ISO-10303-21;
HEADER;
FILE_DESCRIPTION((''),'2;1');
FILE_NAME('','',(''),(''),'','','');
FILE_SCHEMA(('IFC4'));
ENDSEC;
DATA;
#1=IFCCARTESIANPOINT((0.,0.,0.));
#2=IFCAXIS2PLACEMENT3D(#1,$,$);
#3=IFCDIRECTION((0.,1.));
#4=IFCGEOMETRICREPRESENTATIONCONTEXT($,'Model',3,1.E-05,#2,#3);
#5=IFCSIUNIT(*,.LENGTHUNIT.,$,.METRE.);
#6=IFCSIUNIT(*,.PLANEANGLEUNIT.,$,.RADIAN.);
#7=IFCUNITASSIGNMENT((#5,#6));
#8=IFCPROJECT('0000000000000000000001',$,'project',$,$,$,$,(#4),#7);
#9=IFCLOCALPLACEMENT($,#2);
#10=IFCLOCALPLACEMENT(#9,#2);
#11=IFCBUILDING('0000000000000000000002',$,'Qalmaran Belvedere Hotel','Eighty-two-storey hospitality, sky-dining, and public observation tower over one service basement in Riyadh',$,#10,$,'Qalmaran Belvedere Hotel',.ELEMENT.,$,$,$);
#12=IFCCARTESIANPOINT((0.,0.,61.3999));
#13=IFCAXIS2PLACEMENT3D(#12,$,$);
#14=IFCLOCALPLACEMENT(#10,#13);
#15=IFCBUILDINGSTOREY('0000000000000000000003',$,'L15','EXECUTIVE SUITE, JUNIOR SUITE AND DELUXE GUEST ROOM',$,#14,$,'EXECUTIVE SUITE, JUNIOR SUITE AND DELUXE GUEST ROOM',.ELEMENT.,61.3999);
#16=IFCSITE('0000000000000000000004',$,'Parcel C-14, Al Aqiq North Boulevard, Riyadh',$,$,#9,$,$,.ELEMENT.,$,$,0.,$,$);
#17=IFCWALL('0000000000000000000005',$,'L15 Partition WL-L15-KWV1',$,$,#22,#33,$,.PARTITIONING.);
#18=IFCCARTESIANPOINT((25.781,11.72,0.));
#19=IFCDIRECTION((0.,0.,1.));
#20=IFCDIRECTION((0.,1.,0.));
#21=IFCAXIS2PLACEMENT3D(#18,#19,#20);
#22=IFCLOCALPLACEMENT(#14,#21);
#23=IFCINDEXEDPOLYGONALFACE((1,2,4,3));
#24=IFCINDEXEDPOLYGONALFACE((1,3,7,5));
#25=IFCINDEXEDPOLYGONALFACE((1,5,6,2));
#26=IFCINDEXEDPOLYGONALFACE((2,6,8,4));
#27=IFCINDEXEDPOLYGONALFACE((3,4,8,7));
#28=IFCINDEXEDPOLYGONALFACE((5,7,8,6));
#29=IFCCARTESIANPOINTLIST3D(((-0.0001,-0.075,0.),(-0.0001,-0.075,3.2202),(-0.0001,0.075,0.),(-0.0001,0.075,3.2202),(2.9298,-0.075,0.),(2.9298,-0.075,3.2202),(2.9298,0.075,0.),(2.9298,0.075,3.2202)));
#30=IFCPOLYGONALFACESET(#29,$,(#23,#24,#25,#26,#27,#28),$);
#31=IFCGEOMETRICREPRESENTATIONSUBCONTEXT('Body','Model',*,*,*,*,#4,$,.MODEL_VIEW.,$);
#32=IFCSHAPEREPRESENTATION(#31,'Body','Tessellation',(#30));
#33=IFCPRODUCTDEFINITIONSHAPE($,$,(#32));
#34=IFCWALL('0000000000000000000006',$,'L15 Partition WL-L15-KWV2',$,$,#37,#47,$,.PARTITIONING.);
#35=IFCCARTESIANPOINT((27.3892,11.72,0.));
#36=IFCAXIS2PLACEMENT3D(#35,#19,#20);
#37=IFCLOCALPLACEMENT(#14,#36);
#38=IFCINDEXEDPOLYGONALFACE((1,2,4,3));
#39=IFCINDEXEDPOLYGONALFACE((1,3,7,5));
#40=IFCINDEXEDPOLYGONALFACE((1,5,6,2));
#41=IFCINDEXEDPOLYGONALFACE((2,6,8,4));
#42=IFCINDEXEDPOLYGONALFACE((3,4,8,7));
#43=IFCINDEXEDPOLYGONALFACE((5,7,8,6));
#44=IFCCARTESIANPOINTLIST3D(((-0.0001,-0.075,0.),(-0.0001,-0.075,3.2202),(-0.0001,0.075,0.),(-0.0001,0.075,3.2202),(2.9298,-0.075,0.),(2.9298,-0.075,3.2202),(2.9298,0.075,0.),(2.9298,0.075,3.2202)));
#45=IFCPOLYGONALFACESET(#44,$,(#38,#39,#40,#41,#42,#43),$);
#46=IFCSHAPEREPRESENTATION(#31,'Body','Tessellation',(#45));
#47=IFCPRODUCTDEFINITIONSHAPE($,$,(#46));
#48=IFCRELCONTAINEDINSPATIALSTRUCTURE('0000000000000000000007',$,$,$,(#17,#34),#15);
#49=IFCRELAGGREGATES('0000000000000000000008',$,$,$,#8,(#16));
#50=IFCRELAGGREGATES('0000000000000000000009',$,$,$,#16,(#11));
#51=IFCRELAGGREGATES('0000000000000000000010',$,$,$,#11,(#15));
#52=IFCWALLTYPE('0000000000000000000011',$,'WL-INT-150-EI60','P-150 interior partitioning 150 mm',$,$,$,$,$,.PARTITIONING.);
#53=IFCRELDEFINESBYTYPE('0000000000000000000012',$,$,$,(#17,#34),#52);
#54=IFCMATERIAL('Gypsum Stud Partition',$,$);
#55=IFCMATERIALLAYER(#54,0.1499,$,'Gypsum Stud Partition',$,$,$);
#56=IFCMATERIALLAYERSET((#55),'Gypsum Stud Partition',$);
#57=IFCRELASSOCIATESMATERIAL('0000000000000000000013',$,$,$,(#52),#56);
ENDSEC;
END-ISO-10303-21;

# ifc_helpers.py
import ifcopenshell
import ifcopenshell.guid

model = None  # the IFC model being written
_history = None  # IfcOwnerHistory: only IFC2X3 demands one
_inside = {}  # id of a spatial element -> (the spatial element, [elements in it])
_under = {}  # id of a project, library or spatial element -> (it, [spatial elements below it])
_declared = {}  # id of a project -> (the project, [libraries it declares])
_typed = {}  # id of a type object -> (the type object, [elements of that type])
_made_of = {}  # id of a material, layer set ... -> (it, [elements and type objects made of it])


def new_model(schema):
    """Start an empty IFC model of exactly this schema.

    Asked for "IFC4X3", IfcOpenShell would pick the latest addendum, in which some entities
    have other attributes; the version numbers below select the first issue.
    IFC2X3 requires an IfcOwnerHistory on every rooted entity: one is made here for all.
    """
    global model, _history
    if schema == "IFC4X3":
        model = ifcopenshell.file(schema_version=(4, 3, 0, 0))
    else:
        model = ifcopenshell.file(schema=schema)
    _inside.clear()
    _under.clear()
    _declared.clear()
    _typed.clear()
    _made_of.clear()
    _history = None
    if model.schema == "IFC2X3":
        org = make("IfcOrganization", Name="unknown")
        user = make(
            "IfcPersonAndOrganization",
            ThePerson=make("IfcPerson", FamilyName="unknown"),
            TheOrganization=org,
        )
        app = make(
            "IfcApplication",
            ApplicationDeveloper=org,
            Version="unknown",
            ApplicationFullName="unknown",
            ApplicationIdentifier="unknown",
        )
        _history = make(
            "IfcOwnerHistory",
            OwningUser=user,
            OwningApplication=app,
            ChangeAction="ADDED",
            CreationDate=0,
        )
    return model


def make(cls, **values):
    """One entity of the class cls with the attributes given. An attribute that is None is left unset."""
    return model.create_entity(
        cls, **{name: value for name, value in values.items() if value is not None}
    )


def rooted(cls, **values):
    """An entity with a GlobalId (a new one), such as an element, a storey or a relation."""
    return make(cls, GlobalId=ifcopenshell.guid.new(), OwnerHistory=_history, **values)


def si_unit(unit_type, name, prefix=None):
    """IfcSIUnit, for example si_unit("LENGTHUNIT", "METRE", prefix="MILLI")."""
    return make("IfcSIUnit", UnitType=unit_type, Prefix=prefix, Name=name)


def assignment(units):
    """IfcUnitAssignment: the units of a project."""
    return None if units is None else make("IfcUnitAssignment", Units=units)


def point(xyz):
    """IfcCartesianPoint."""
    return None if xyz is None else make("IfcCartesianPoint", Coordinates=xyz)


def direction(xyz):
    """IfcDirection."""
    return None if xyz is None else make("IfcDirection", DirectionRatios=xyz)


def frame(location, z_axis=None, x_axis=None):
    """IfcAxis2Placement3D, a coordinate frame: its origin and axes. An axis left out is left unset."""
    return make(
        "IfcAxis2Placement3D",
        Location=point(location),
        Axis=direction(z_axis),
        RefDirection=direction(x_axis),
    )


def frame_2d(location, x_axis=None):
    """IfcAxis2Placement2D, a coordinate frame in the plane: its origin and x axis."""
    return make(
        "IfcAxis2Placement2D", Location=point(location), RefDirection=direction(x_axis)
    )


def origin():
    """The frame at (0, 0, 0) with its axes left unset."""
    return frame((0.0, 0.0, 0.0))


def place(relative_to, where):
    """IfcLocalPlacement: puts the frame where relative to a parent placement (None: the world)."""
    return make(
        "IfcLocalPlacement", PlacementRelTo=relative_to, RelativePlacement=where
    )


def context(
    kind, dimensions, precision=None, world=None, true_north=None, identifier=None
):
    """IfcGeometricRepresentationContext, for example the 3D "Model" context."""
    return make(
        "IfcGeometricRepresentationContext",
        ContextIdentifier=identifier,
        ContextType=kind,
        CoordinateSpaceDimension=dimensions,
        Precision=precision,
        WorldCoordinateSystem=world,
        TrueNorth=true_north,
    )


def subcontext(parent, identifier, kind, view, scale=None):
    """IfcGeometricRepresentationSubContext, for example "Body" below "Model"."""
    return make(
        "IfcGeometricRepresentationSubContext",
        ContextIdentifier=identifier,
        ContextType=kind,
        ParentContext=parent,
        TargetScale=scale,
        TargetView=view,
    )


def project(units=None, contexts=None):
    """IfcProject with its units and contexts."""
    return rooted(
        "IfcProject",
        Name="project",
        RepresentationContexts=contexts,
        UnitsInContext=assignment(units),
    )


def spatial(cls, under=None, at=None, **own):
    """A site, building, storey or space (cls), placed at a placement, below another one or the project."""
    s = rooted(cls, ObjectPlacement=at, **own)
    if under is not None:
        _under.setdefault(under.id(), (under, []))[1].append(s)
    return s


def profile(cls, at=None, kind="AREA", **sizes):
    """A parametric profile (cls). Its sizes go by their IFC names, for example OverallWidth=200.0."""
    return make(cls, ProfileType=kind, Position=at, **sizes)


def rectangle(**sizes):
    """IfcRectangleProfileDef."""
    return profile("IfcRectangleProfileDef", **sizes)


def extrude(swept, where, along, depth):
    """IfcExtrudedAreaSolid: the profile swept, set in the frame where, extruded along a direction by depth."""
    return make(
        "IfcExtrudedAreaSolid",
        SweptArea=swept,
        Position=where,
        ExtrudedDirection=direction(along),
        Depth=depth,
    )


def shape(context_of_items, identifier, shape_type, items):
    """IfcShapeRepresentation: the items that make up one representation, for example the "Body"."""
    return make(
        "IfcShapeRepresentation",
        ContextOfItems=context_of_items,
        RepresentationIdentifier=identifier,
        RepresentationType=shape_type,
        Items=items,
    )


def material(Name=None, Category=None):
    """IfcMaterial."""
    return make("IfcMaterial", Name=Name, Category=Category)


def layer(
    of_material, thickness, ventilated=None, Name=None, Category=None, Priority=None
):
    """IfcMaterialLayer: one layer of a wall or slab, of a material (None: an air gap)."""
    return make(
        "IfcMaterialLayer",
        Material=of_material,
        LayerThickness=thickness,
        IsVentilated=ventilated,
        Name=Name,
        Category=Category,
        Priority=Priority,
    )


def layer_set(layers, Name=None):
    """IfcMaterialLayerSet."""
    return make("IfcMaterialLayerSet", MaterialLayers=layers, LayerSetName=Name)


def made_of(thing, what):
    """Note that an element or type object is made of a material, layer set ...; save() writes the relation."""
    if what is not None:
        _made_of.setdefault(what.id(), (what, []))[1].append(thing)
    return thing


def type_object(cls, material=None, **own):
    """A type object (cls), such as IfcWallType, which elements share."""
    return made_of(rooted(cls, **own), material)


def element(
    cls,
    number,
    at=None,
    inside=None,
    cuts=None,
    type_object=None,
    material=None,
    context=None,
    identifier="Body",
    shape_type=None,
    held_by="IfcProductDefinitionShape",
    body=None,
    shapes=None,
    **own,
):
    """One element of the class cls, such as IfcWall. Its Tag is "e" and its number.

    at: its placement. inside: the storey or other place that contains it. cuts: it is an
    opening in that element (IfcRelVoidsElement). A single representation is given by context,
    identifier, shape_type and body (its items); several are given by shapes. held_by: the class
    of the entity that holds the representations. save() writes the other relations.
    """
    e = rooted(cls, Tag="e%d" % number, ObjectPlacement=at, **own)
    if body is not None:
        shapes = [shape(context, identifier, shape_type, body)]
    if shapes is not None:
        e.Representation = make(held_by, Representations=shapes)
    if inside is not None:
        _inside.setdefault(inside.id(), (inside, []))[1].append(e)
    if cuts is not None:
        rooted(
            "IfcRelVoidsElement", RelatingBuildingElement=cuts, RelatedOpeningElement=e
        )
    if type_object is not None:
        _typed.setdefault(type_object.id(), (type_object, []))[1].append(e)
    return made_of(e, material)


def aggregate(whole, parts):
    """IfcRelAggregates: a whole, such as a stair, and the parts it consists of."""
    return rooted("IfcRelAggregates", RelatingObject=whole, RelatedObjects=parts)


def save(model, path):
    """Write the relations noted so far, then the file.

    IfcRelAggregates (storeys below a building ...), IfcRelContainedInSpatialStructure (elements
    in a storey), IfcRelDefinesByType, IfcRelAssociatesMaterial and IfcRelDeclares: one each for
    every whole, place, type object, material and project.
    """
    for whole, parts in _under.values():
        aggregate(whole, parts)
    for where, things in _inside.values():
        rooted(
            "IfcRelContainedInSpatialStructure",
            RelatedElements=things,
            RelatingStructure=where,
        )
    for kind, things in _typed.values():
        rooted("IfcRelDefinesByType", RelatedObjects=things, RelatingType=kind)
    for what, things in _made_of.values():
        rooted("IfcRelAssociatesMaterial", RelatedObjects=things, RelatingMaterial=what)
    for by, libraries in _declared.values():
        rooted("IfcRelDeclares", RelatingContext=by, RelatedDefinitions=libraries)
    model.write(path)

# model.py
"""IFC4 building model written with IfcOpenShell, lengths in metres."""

from ifc_helpers import new_model, si_unit, direction, frame, frame_2d, origin, place, context, subcontext, project, spatial, rectangle, extrude, material, layer, layer_set, type_object, element, save


model = new_model("IFC4")

# Units and contexts
model_context = context("Model", 3, precision=1e-05, world=origin(), true_north=direction((0.0, 1.0)))
body_context = subcontext(model_context, "Body", "Model", "MODEL_VIEW")
ifc_project = project(units=[si_unit("LENGTHUNIT", "METRE"), si_unit("PLANEANGLEUNIT", "RADIAN")], contexts=[model_context])

# Site, building, storey
site_placement = place(None, origin())
site = spatial("IfcSite", under=ifc_project, at=site_placement, Name="Parcel C-14, Al Aqiq North Boulevard, Riyadh", CompositionType="ELEMENT", RefElevation=0.0)
building_placement = place(site_placement, origin())
building = spatial("IfcBuilding", under=site, at=building_placement, Name="Qalmaran Belvedere Hotel", Description="Eighty-two-storey hospitality, sky-dining, and public observation tower over one service basement in Riyadh", LongName="Qalmaran Belvedere Hotel", CompositionType="ELEMENT")
storey_placement = place(building_placement, frame((0.0, 0.0, 61.3999)))
storey = spatial("IfcBuildingStorey", under=building, at=storey_placement, Name="L15", Description="EXECUTIVE SUITE, JUNIOR SUITE AND DELUXE GUEST ROOM", LongName="EXECUTIVE SUITE, JUNIOR SUITE AND DELUXE GUEST ROOM", CompositionType="ELEMENT", Elevation=61.3999)

# Walls
ifc_material_1 = material(Name="Gypsum Stud Partition")
ifc_layer_1 = layer(ifc_material_1, 0.1499, Name="Gypsum Stud Partition")
ifc_layer_set_1 = layer_set([ifc_layer_1], Name="Gypsum Stud Partition")
wall_type_1 = type_object("IfcWallType", Name="WL-INT-150-EI60", Description="P-150 interior partitioning 150 mm", PredefinedType="PARTITIONING", material=ifc_layer_set_1)
for number, where, z_axis, x_axis, name in (
    (1, (25.781, 11.72, 0.0), (0.0, 0.0, 1.0), (0.0, 1.0, 0.0), "L15 Partition WL-L15-KWV1"),
    (2, (27.3892, 11.72, 0.0), (0.0, 0.0, 1.0), (0.0, 1.0, 0.0), "L15 Partition WL-L15-KWV2"),
):
    element("IfcWall", number, at=place(storey_placement, frame(where, z_axis=z_axis, x_axis=x_axis)), inside=storey, type_object=wall_type_1, Name=name, PredefinedType="PARTITIONING", context=body_context, shape_type="SweptSolid", body=[
        extrude(rectangle(XDim=2.9299, YDim=0.1499, at=frame_2d((1.4648, 0.0))), origin(), (0.0, 0.0, 1.0), 3.2202),
    ])

save(model, "model.ifc")
